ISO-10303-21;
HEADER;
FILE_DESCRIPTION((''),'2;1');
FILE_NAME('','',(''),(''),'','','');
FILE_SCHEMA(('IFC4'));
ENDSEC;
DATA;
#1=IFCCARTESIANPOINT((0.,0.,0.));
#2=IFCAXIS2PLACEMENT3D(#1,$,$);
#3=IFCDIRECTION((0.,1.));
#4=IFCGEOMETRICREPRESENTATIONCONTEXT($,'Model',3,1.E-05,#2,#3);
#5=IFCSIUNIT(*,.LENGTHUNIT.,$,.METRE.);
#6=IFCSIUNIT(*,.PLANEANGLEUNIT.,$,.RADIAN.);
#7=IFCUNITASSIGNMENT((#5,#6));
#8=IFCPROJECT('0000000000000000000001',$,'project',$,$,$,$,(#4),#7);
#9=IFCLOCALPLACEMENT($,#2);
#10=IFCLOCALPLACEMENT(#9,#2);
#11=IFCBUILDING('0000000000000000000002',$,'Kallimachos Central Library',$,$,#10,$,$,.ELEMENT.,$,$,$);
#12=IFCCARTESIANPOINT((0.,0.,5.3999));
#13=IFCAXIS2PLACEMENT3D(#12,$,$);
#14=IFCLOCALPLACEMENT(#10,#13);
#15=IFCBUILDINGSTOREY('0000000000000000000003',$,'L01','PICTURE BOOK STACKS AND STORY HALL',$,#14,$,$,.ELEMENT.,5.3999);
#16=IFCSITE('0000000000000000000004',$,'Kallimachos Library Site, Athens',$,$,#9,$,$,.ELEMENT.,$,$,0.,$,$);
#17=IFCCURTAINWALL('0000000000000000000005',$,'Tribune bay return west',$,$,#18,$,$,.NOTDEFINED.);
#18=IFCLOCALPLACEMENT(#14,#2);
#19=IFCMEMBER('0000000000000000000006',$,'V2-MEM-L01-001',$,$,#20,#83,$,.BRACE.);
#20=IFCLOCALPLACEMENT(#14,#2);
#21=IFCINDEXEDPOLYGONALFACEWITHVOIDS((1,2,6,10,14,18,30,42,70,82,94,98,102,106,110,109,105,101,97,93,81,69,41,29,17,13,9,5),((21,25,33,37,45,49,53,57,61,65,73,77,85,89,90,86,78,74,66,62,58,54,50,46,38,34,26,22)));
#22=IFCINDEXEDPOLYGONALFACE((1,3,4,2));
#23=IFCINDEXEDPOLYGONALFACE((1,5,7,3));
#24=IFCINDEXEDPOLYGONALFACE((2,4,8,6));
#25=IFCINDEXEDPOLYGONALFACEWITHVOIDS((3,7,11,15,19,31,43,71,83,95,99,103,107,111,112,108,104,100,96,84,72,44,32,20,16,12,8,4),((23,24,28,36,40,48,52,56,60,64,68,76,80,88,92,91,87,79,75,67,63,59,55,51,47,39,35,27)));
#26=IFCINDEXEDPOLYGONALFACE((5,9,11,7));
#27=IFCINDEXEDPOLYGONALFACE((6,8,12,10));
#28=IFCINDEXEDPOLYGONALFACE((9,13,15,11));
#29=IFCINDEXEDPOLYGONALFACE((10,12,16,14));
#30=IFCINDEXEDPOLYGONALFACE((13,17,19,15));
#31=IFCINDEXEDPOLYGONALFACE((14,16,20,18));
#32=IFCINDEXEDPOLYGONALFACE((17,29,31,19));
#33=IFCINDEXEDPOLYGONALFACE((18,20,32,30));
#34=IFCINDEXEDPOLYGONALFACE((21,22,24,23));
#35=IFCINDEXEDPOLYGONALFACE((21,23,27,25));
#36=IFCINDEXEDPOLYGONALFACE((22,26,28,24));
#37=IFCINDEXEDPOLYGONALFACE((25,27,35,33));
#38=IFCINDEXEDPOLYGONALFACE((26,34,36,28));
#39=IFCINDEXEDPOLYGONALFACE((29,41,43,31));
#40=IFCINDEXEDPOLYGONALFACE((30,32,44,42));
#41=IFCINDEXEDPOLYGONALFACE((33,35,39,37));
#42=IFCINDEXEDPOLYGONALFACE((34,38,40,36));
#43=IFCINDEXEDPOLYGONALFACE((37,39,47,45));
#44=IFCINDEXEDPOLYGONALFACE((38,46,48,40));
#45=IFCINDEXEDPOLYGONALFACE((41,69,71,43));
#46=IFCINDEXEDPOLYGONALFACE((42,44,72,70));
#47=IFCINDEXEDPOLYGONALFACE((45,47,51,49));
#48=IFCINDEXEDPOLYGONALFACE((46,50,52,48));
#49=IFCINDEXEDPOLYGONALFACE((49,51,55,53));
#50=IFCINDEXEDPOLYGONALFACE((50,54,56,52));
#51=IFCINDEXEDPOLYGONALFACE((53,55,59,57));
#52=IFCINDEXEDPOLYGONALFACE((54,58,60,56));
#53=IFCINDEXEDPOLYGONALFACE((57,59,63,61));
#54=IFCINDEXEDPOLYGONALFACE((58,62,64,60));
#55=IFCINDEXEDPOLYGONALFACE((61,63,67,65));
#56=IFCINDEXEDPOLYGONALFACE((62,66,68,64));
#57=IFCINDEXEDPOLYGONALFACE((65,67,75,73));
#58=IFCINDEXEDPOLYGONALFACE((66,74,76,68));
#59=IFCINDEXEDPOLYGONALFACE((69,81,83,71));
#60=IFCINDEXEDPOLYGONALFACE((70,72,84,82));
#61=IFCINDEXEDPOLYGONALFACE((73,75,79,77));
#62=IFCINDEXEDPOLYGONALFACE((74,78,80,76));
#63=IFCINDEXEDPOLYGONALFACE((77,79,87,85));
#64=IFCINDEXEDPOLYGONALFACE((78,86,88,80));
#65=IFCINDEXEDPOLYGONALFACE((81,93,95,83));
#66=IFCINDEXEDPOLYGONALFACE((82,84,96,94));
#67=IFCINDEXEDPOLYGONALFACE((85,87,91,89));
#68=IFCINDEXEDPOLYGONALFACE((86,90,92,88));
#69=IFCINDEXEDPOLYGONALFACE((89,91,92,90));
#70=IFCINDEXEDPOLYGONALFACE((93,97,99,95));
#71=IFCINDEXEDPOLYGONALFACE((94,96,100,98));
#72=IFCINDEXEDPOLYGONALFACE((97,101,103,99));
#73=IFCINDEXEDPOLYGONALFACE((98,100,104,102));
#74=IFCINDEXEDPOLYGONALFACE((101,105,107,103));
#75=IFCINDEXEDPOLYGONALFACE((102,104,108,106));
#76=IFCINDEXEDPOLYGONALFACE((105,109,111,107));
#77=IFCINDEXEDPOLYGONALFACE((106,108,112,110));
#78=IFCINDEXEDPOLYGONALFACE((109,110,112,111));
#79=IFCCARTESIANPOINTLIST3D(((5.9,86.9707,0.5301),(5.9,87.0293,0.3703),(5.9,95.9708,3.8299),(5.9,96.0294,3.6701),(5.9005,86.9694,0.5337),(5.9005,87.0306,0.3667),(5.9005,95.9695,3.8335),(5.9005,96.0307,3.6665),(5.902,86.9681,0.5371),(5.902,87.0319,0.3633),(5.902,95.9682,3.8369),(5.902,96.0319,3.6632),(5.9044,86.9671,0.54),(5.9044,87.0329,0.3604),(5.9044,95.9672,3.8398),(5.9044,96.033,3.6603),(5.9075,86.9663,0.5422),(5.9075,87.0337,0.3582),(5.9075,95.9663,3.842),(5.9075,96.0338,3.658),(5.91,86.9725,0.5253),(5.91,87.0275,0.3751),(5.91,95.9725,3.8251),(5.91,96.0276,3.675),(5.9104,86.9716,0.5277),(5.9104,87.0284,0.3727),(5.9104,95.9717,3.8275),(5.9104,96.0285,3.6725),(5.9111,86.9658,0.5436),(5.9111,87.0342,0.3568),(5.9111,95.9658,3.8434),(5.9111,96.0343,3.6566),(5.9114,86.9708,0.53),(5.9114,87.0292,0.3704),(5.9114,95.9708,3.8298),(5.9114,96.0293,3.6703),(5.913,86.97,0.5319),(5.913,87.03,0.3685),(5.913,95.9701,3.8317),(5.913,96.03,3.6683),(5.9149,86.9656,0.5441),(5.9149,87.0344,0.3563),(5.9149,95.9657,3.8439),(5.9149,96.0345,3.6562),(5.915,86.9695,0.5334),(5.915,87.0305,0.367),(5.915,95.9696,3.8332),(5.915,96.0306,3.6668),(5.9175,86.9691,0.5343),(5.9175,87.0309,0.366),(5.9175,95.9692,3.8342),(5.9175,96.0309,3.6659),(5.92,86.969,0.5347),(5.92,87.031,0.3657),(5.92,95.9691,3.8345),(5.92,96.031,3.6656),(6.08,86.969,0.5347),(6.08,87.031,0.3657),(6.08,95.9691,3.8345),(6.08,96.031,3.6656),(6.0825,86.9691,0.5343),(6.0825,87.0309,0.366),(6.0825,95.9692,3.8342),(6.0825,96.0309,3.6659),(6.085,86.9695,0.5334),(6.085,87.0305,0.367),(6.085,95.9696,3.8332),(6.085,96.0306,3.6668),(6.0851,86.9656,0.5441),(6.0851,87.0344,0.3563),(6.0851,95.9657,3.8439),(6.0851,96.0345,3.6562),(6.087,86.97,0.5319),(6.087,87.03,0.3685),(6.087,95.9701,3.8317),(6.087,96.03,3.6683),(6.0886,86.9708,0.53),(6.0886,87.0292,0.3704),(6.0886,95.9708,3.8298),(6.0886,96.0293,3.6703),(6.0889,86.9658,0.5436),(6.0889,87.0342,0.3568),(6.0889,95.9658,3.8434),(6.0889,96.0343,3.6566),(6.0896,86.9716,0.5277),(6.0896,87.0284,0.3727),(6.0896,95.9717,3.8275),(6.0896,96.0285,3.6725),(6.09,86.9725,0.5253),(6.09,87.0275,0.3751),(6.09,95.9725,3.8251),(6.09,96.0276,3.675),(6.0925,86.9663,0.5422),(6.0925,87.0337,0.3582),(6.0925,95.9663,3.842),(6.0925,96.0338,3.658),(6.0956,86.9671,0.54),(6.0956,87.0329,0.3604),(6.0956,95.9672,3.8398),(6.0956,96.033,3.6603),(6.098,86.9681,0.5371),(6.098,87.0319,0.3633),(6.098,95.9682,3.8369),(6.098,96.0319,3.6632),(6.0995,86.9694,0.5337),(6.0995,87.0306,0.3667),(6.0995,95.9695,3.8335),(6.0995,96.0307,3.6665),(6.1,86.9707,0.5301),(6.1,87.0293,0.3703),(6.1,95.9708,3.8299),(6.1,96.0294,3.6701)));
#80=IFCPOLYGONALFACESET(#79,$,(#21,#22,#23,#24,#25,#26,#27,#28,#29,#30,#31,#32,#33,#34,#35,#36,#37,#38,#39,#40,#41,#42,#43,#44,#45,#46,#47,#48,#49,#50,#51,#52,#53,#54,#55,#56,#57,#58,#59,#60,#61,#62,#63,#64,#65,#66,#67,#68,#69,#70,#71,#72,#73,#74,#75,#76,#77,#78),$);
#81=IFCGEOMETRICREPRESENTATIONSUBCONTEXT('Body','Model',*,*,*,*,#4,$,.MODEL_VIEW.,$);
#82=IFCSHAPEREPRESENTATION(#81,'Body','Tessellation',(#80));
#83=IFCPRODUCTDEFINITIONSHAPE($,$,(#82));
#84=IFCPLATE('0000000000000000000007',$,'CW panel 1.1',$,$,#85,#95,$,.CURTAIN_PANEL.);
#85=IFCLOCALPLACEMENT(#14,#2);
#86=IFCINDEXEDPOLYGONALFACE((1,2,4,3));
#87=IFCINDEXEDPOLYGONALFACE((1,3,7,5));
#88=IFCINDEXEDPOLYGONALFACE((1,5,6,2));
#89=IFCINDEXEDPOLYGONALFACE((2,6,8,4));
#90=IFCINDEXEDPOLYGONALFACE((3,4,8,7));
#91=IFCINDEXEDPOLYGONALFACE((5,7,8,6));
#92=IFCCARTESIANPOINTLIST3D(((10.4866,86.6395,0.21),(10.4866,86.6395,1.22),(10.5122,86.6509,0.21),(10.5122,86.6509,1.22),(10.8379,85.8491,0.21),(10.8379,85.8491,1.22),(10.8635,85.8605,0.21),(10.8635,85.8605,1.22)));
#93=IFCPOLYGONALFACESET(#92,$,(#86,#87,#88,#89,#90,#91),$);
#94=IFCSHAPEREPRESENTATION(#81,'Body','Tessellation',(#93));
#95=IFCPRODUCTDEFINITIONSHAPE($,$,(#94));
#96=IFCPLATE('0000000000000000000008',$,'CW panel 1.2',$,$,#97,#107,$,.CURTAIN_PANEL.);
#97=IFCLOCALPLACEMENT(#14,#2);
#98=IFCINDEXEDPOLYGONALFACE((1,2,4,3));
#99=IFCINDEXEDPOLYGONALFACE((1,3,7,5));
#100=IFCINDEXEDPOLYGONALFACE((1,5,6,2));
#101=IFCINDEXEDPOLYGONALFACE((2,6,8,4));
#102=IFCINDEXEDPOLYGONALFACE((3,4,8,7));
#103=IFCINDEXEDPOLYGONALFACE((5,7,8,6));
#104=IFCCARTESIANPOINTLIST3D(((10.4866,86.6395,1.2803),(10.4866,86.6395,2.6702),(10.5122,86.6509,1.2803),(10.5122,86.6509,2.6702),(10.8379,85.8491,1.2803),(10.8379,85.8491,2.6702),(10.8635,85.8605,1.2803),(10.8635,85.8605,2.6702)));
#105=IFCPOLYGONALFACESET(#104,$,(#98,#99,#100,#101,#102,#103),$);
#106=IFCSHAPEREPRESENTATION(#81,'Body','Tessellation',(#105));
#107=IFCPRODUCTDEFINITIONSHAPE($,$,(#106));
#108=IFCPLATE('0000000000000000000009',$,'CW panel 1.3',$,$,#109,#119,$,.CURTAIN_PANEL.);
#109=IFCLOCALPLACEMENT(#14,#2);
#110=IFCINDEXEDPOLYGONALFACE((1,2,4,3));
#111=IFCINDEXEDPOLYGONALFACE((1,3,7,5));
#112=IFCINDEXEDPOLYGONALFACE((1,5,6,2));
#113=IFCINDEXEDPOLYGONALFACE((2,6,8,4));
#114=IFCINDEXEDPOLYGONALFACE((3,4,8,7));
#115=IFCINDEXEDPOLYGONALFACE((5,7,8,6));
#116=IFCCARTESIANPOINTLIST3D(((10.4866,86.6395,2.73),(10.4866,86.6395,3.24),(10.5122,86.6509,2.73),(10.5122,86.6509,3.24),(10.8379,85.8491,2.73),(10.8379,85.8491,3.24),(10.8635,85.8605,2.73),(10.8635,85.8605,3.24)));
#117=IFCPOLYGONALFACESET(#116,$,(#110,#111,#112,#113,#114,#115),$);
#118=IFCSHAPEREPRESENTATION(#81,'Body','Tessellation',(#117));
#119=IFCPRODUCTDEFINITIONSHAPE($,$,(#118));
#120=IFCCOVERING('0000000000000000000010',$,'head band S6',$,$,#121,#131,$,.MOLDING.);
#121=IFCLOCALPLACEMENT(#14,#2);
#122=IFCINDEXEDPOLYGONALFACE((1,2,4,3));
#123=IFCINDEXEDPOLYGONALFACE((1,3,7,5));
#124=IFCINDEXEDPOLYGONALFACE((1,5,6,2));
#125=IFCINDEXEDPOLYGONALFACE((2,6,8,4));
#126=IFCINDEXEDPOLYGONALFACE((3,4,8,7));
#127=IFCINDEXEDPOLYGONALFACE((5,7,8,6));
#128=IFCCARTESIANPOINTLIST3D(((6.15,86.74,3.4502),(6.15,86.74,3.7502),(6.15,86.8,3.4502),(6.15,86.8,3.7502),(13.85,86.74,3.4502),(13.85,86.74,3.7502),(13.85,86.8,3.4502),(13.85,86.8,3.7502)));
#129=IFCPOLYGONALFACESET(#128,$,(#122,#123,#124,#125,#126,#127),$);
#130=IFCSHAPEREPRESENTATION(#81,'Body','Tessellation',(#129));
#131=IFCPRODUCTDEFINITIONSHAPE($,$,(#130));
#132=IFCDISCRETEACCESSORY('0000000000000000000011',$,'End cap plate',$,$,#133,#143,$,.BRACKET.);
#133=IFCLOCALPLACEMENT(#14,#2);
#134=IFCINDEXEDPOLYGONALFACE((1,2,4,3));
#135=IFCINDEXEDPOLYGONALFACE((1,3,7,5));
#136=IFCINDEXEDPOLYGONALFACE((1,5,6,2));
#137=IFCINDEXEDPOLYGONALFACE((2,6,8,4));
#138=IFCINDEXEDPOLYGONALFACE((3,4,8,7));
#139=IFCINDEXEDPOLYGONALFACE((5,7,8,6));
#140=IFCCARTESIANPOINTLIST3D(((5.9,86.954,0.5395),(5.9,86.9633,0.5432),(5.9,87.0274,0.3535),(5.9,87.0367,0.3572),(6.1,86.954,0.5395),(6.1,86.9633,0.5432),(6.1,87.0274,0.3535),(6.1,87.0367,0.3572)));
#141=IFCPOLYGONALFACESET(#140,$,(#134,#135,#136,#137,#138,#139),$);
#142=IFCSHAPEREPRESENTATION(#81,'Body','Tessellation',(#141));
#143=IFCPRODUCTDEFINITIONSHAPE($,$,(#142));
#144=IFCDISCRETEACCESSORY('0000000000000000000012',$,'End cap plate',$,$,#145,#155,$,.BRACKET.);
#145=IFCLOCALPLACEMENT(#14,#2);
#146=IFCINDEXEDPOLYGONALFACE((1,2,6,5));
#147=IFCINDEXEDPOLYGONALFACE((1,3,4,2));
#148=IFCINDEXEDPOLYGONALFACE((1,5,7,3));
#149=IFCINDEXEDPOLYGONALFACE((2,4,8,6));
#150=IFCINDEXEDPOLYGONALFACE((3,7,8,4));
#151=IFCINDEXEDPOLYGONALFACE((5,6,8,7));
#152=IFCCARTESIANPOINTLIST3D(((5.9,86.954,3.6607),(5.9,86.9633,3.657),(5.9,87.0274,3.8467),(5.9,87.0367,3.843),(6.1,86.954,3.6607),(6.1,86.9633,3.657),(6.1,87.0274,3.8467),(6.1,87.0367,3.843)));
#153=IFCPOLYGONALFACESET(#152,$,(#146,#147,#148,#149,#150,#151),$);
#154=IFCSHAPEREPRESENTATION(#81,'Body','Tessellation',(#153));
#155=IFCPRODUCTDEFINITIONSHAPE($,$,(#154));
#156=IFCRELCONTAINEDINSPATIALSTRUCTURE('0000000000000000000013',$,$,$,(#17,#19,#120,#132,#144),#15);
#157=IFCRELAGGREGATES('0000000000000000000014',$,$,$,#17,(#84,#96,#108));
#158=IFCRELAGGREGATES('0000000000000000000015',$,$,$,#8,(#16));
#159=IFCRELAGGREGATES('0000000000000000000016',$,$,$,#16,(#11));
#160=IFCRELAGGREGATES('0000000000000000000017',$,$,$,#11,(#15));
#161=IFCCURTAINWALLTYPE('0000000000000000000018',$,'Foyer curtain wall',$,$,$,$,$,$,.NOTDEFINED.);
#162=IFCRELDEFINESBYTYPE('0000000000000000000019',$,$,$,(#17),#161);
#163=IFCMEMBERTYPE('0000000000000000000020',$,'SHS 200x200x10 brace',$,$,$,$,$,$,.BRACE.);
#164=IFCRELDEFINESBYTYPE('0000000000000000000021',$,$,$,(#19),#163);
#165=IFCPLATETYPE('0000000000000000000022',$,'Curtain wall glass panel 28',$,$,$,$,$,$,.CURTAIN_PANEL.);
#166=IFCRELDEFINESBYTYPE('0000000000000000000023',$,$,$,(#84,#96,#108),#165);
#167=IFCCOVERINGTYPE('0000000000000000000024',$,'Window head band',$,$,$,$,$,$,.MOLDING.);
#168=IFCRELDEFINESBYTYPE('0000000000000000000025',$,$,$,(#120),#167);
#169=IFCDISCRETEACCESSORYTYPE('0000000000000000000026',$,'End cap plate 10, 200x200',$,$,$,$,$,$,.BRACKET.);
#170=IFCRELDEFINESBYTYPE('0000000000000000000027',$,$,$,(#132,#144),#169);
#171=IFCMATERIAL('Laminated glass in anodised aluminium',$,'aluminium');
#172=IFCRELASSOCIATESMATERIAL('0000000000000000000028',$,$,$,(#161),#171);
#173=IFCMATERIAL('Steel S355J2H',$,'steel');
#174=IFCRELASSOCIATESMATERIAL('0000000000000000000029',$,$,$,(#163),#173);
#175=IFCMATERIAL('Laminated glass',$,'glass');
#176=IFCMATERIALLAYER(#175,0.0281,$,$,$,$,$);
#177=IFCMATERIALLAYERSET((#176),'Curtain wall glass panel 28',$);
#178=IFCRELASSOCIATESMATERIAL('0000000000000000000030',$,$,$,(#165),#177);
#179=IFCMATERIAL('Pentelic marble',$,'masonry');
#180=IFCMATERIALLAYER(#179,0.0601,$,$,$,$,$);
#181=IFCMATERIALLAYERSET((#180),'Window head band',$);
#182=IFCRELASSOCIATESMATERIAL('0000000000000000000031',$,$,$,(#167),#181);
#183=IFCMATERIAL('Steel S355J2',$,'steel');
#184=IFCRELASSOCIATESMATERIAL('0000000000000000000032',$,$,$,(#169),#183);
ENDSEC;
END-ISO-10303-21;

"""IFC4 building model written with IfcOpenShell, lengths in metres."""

from ifc_helpers import new_model, si_unit, direction, frame, origin, origin_2d, place, context, subcontext, project, spatial, rectangle, hollow_rectangle, extrude, material, layer, layer_set, material_profile, profile_set, type_object, element, aggregate, save


model = new_model("IFC4")

# Units and contexts
model_context = context("Model", 3, precision=1e-05, world=origin(), true_north=direction((0.0, 1.0)))
body_context = subcontext(model_context, "Body", "Model", "MODEL_VIEW")
ifc_project = project(units=[si_unit("LENGTHUNIT", "METRE"), si_unit("PLANEANGLEUNIT", "RADIAN")], contexts=[model_context])

# Site, building, storey
site_placement = place(None, origin())
site = spatial("IfcSite", under=ifc_project, at=site_placement, Name="Kallimachos Library Site, Athens", CompositionType="ELEMENT", RefElevation=0.0)
building_placement = place(site_placement, origin())
building = spatial("IfcBuilding", under=site, at=building_placement, Name="Kallimachos Central Library", CompositionType="ELEMENT")
storey_placement = place(building_placement, frame((0.0, 0.0, 5.3999)))
storey = spatial("IfcBuildingStorey", under=building, at=storey_placement, Name="L01", Description="PICTURE BOOK STACKS AND STORY HALL", CompositionType="ELEMENT", Elevation=5.3999)

# Curtain wall
ifc_material_1 = material(Name="Laminated glass in anodised aluminium", Category="aluminium")
curtain_wall_type = type_object("IfcCurtainWallType", Name="Foyer curtain wall", PredefinedType="NOTDEFINED", material=ifc_material_1)
curtain_wall_1_placement = place(storey_placement, origin())
curtain_wall_1 = element("IfcCurtainWall", 1, at=curtain_wall_1_placement, inside=storey, type_object=curtain_wall_type, Name="Tribune bay return west", PredefinedType="NOTDEFINED")

# Member
ifc_material_2 = material(Name="Steel S355J2H", Category="steel")
ifc_material_profile_1 = material_profile(ifc_material_2, hollow_rectangle(XDim=0.2, YDim=0.2, WallThickness=0.01, InnerFilletRadius=0.01, OuterFilletRadius=0.0149, at=origin_2d()), Name="SHS 200x200x10")
ifc_profile_set_1 = profile_set([ifc_material_profile_1], Name="Steel S355J2H")
member_type_1 = type_object("IfcMemberType", Name="SHS 200x200x10 brace", PredefinedType="BRACE", material=ifc_profile_set_1)
member_1_placement = place(storey_placement, frame((6.0, 87.0, 0.4502), z_axis=(0.0, 0.938883, 0.344237), x_axis=(-1.0, 0.0, 0.0)))
element("IfcMember", 2, at=member_1_placement, inside=storey, type_object=member_type_1, Name="V2-MEM-L01-001", PredefinedType="BRACE", context=body_context, shape_type="SweptSolid", body=[
    extrude(hollow_rectangle(XDim=0.2, YDim=0.2, WallThickness=0.01, InnerFilletRadius=0.01, OuterFilletRadius=0.0149, at=origin_2d()), origin(), (0.0, 0.0, 1.0), 9.5859),
])

# Plates
ifc_material_3 = material(Name="Laminated glass", Category="glass")
ifc_layer_1 = layer(ifc_material_3, 0.0281)
ifc_layer_set_1 = layer_set([ifc_layer_1], Name="Curtain wall glass panel 28")
plate_type = type_object("IfcPlateType", Name="Curtain wall glass panel 28", PredefinedType="CURTAIN_PANEL", material=ifc_layer_set_1)
plate_1_placement = place(storey_placement, frame((10.675, 86.25, 0.21), z_axis=(0.0, 0.0, 1.0), x_axis=(0.406138, -0.913812, 0.0)))
plate_1 = element("IfcPlate", 3, at=plate_1_placement, type_object=plate_type, Name="CW panel 1.1", PredefinedType="CURTAIN_PANEL", context=body_context, shape_type="SweptSolid", body=[
    extrude(rectangle(XDim=0.865, YDim=0.0281, at=origin_2d()), origin(), (0.0, 0.0, 1.0), 1.01),
])
plate_2_placement = place(storey_placement, frame((10.675, 86.25, 1.2803), z_axis=(0.0, 0.0, 1.0), x_axis=(0.406138, -0.913812, 0.0)))
plate_2 = element("IfcPlate", 4, at=plate_2_placement, type_object=plate_type, Name="CW panel 1.2", PredefinedType="CURTAIN_PANEL", context=body_context, shape_type="SweptSolid", body=[
    extrude(rectangle(XDim=0.865, YDim=0.0281, at=origin_2d()), origin(), (0.0, 0.0, 1.0), 1.3899),
])
plate_3_placement = place(storey_placement, frame((10.675, 86.25, 2.73), z_axis=(0.0, 0.0, 1.0), x_axis=(0.406138, -0.913812, 0.0)))
plate_3 = element("IfcPlate", 5, at=plate_3_placement, type_object=plate_type, Name="CW panel 1.3", PredefinedType="CURTAIN_PANEL", context=body_context, shape_type="SweptSolid", body=[
    extrude(rectangle(XDim=0.865, YDim=0.0281, at=origin_2d()), origin(), (0.0, 0.0, 1.0), 0.51),
])
aggregate(curtain_wall_1, [plate_1, plate_2, plate_3])

# Covering
ifc_material_4 = material(Name="Pentelic marble", Category="masonry")
ifc_layer_2 = layer(ifc_material_4, 0.0601)
ifc_layer_set_2 = layer_set([ifc_layer_2], Name="Window head band")
covering_type = type_object("IfcCoveringType", Name="Window head band", PredefinedType="MOLDING", material=ifc_layer_set_2)
covering_placement = place(storey_placement, frame((10.0, 86.77, 3.4502), z_axis=(0.0, 0.0, 1.0), x_axis=(1.0, 0.0, 0.0)))
element("IfcCovering", 6, at=covering_placement, inside=storey, type_object=covering_type, Name="head band S6", PredefinedType="MOLDING", context=body_context, shape_type="SweptSolid", body=[
    extrude(rectangle(XDim=7.7, YDim=0.0601, at=origin_2d()), origin(), (0.0, 0.0, 1.0), 0.3),
])

# Discrete accessories
ifc_material_5 = material(Name="Steel S355J2", Category="steel")
ifc_material_profile_2 = material_profile(ifc_material_5, rectangle(XDim=0.2, YDim=0.2, at=origin_2d()), Name="End cap plate 10, 200x200")
ifc_profile_set_2 = profile_set([ifc_material_profile_2], Name="Steel S355J2")
discrete_accessory_type = type_object("IfcDiscreteAccessoryType", Name="End cap plate 10, 200x200", PredefinedType="BRACKET", material=ifc_profile_set_2)
for number, where, z_axis, x_axis, name in (
    (7, (6.0, 86.9907, 0.4465), (0.0, 0.930155, 0.367167), (-1.0, 0.0, 0.0), "End cap plate"),
    (8, (6.0, 86.9907, 3.7537), (0.0, 0.930155, -0.367167), (-1.0, 0.0, 0.0), "End cap plate"),
):
    element("IfcDiscreteAccessory", number, at=place(storey_placement, frame(where, z_axis=z_axis, x_axis=x_axis)), inside=storey, type_object=discrete_accessory_type, Name=name, PredefinedType="BRACKET", context=body_context, shape_type="SweptSolid", body=[
        extrude(rectangle(XDim=0.2, YDim=0.2, at=origin_2d()), origin(), (0.0, 0.0, 1.0), 0.01),
    ])

save(model, "model.ifc")
